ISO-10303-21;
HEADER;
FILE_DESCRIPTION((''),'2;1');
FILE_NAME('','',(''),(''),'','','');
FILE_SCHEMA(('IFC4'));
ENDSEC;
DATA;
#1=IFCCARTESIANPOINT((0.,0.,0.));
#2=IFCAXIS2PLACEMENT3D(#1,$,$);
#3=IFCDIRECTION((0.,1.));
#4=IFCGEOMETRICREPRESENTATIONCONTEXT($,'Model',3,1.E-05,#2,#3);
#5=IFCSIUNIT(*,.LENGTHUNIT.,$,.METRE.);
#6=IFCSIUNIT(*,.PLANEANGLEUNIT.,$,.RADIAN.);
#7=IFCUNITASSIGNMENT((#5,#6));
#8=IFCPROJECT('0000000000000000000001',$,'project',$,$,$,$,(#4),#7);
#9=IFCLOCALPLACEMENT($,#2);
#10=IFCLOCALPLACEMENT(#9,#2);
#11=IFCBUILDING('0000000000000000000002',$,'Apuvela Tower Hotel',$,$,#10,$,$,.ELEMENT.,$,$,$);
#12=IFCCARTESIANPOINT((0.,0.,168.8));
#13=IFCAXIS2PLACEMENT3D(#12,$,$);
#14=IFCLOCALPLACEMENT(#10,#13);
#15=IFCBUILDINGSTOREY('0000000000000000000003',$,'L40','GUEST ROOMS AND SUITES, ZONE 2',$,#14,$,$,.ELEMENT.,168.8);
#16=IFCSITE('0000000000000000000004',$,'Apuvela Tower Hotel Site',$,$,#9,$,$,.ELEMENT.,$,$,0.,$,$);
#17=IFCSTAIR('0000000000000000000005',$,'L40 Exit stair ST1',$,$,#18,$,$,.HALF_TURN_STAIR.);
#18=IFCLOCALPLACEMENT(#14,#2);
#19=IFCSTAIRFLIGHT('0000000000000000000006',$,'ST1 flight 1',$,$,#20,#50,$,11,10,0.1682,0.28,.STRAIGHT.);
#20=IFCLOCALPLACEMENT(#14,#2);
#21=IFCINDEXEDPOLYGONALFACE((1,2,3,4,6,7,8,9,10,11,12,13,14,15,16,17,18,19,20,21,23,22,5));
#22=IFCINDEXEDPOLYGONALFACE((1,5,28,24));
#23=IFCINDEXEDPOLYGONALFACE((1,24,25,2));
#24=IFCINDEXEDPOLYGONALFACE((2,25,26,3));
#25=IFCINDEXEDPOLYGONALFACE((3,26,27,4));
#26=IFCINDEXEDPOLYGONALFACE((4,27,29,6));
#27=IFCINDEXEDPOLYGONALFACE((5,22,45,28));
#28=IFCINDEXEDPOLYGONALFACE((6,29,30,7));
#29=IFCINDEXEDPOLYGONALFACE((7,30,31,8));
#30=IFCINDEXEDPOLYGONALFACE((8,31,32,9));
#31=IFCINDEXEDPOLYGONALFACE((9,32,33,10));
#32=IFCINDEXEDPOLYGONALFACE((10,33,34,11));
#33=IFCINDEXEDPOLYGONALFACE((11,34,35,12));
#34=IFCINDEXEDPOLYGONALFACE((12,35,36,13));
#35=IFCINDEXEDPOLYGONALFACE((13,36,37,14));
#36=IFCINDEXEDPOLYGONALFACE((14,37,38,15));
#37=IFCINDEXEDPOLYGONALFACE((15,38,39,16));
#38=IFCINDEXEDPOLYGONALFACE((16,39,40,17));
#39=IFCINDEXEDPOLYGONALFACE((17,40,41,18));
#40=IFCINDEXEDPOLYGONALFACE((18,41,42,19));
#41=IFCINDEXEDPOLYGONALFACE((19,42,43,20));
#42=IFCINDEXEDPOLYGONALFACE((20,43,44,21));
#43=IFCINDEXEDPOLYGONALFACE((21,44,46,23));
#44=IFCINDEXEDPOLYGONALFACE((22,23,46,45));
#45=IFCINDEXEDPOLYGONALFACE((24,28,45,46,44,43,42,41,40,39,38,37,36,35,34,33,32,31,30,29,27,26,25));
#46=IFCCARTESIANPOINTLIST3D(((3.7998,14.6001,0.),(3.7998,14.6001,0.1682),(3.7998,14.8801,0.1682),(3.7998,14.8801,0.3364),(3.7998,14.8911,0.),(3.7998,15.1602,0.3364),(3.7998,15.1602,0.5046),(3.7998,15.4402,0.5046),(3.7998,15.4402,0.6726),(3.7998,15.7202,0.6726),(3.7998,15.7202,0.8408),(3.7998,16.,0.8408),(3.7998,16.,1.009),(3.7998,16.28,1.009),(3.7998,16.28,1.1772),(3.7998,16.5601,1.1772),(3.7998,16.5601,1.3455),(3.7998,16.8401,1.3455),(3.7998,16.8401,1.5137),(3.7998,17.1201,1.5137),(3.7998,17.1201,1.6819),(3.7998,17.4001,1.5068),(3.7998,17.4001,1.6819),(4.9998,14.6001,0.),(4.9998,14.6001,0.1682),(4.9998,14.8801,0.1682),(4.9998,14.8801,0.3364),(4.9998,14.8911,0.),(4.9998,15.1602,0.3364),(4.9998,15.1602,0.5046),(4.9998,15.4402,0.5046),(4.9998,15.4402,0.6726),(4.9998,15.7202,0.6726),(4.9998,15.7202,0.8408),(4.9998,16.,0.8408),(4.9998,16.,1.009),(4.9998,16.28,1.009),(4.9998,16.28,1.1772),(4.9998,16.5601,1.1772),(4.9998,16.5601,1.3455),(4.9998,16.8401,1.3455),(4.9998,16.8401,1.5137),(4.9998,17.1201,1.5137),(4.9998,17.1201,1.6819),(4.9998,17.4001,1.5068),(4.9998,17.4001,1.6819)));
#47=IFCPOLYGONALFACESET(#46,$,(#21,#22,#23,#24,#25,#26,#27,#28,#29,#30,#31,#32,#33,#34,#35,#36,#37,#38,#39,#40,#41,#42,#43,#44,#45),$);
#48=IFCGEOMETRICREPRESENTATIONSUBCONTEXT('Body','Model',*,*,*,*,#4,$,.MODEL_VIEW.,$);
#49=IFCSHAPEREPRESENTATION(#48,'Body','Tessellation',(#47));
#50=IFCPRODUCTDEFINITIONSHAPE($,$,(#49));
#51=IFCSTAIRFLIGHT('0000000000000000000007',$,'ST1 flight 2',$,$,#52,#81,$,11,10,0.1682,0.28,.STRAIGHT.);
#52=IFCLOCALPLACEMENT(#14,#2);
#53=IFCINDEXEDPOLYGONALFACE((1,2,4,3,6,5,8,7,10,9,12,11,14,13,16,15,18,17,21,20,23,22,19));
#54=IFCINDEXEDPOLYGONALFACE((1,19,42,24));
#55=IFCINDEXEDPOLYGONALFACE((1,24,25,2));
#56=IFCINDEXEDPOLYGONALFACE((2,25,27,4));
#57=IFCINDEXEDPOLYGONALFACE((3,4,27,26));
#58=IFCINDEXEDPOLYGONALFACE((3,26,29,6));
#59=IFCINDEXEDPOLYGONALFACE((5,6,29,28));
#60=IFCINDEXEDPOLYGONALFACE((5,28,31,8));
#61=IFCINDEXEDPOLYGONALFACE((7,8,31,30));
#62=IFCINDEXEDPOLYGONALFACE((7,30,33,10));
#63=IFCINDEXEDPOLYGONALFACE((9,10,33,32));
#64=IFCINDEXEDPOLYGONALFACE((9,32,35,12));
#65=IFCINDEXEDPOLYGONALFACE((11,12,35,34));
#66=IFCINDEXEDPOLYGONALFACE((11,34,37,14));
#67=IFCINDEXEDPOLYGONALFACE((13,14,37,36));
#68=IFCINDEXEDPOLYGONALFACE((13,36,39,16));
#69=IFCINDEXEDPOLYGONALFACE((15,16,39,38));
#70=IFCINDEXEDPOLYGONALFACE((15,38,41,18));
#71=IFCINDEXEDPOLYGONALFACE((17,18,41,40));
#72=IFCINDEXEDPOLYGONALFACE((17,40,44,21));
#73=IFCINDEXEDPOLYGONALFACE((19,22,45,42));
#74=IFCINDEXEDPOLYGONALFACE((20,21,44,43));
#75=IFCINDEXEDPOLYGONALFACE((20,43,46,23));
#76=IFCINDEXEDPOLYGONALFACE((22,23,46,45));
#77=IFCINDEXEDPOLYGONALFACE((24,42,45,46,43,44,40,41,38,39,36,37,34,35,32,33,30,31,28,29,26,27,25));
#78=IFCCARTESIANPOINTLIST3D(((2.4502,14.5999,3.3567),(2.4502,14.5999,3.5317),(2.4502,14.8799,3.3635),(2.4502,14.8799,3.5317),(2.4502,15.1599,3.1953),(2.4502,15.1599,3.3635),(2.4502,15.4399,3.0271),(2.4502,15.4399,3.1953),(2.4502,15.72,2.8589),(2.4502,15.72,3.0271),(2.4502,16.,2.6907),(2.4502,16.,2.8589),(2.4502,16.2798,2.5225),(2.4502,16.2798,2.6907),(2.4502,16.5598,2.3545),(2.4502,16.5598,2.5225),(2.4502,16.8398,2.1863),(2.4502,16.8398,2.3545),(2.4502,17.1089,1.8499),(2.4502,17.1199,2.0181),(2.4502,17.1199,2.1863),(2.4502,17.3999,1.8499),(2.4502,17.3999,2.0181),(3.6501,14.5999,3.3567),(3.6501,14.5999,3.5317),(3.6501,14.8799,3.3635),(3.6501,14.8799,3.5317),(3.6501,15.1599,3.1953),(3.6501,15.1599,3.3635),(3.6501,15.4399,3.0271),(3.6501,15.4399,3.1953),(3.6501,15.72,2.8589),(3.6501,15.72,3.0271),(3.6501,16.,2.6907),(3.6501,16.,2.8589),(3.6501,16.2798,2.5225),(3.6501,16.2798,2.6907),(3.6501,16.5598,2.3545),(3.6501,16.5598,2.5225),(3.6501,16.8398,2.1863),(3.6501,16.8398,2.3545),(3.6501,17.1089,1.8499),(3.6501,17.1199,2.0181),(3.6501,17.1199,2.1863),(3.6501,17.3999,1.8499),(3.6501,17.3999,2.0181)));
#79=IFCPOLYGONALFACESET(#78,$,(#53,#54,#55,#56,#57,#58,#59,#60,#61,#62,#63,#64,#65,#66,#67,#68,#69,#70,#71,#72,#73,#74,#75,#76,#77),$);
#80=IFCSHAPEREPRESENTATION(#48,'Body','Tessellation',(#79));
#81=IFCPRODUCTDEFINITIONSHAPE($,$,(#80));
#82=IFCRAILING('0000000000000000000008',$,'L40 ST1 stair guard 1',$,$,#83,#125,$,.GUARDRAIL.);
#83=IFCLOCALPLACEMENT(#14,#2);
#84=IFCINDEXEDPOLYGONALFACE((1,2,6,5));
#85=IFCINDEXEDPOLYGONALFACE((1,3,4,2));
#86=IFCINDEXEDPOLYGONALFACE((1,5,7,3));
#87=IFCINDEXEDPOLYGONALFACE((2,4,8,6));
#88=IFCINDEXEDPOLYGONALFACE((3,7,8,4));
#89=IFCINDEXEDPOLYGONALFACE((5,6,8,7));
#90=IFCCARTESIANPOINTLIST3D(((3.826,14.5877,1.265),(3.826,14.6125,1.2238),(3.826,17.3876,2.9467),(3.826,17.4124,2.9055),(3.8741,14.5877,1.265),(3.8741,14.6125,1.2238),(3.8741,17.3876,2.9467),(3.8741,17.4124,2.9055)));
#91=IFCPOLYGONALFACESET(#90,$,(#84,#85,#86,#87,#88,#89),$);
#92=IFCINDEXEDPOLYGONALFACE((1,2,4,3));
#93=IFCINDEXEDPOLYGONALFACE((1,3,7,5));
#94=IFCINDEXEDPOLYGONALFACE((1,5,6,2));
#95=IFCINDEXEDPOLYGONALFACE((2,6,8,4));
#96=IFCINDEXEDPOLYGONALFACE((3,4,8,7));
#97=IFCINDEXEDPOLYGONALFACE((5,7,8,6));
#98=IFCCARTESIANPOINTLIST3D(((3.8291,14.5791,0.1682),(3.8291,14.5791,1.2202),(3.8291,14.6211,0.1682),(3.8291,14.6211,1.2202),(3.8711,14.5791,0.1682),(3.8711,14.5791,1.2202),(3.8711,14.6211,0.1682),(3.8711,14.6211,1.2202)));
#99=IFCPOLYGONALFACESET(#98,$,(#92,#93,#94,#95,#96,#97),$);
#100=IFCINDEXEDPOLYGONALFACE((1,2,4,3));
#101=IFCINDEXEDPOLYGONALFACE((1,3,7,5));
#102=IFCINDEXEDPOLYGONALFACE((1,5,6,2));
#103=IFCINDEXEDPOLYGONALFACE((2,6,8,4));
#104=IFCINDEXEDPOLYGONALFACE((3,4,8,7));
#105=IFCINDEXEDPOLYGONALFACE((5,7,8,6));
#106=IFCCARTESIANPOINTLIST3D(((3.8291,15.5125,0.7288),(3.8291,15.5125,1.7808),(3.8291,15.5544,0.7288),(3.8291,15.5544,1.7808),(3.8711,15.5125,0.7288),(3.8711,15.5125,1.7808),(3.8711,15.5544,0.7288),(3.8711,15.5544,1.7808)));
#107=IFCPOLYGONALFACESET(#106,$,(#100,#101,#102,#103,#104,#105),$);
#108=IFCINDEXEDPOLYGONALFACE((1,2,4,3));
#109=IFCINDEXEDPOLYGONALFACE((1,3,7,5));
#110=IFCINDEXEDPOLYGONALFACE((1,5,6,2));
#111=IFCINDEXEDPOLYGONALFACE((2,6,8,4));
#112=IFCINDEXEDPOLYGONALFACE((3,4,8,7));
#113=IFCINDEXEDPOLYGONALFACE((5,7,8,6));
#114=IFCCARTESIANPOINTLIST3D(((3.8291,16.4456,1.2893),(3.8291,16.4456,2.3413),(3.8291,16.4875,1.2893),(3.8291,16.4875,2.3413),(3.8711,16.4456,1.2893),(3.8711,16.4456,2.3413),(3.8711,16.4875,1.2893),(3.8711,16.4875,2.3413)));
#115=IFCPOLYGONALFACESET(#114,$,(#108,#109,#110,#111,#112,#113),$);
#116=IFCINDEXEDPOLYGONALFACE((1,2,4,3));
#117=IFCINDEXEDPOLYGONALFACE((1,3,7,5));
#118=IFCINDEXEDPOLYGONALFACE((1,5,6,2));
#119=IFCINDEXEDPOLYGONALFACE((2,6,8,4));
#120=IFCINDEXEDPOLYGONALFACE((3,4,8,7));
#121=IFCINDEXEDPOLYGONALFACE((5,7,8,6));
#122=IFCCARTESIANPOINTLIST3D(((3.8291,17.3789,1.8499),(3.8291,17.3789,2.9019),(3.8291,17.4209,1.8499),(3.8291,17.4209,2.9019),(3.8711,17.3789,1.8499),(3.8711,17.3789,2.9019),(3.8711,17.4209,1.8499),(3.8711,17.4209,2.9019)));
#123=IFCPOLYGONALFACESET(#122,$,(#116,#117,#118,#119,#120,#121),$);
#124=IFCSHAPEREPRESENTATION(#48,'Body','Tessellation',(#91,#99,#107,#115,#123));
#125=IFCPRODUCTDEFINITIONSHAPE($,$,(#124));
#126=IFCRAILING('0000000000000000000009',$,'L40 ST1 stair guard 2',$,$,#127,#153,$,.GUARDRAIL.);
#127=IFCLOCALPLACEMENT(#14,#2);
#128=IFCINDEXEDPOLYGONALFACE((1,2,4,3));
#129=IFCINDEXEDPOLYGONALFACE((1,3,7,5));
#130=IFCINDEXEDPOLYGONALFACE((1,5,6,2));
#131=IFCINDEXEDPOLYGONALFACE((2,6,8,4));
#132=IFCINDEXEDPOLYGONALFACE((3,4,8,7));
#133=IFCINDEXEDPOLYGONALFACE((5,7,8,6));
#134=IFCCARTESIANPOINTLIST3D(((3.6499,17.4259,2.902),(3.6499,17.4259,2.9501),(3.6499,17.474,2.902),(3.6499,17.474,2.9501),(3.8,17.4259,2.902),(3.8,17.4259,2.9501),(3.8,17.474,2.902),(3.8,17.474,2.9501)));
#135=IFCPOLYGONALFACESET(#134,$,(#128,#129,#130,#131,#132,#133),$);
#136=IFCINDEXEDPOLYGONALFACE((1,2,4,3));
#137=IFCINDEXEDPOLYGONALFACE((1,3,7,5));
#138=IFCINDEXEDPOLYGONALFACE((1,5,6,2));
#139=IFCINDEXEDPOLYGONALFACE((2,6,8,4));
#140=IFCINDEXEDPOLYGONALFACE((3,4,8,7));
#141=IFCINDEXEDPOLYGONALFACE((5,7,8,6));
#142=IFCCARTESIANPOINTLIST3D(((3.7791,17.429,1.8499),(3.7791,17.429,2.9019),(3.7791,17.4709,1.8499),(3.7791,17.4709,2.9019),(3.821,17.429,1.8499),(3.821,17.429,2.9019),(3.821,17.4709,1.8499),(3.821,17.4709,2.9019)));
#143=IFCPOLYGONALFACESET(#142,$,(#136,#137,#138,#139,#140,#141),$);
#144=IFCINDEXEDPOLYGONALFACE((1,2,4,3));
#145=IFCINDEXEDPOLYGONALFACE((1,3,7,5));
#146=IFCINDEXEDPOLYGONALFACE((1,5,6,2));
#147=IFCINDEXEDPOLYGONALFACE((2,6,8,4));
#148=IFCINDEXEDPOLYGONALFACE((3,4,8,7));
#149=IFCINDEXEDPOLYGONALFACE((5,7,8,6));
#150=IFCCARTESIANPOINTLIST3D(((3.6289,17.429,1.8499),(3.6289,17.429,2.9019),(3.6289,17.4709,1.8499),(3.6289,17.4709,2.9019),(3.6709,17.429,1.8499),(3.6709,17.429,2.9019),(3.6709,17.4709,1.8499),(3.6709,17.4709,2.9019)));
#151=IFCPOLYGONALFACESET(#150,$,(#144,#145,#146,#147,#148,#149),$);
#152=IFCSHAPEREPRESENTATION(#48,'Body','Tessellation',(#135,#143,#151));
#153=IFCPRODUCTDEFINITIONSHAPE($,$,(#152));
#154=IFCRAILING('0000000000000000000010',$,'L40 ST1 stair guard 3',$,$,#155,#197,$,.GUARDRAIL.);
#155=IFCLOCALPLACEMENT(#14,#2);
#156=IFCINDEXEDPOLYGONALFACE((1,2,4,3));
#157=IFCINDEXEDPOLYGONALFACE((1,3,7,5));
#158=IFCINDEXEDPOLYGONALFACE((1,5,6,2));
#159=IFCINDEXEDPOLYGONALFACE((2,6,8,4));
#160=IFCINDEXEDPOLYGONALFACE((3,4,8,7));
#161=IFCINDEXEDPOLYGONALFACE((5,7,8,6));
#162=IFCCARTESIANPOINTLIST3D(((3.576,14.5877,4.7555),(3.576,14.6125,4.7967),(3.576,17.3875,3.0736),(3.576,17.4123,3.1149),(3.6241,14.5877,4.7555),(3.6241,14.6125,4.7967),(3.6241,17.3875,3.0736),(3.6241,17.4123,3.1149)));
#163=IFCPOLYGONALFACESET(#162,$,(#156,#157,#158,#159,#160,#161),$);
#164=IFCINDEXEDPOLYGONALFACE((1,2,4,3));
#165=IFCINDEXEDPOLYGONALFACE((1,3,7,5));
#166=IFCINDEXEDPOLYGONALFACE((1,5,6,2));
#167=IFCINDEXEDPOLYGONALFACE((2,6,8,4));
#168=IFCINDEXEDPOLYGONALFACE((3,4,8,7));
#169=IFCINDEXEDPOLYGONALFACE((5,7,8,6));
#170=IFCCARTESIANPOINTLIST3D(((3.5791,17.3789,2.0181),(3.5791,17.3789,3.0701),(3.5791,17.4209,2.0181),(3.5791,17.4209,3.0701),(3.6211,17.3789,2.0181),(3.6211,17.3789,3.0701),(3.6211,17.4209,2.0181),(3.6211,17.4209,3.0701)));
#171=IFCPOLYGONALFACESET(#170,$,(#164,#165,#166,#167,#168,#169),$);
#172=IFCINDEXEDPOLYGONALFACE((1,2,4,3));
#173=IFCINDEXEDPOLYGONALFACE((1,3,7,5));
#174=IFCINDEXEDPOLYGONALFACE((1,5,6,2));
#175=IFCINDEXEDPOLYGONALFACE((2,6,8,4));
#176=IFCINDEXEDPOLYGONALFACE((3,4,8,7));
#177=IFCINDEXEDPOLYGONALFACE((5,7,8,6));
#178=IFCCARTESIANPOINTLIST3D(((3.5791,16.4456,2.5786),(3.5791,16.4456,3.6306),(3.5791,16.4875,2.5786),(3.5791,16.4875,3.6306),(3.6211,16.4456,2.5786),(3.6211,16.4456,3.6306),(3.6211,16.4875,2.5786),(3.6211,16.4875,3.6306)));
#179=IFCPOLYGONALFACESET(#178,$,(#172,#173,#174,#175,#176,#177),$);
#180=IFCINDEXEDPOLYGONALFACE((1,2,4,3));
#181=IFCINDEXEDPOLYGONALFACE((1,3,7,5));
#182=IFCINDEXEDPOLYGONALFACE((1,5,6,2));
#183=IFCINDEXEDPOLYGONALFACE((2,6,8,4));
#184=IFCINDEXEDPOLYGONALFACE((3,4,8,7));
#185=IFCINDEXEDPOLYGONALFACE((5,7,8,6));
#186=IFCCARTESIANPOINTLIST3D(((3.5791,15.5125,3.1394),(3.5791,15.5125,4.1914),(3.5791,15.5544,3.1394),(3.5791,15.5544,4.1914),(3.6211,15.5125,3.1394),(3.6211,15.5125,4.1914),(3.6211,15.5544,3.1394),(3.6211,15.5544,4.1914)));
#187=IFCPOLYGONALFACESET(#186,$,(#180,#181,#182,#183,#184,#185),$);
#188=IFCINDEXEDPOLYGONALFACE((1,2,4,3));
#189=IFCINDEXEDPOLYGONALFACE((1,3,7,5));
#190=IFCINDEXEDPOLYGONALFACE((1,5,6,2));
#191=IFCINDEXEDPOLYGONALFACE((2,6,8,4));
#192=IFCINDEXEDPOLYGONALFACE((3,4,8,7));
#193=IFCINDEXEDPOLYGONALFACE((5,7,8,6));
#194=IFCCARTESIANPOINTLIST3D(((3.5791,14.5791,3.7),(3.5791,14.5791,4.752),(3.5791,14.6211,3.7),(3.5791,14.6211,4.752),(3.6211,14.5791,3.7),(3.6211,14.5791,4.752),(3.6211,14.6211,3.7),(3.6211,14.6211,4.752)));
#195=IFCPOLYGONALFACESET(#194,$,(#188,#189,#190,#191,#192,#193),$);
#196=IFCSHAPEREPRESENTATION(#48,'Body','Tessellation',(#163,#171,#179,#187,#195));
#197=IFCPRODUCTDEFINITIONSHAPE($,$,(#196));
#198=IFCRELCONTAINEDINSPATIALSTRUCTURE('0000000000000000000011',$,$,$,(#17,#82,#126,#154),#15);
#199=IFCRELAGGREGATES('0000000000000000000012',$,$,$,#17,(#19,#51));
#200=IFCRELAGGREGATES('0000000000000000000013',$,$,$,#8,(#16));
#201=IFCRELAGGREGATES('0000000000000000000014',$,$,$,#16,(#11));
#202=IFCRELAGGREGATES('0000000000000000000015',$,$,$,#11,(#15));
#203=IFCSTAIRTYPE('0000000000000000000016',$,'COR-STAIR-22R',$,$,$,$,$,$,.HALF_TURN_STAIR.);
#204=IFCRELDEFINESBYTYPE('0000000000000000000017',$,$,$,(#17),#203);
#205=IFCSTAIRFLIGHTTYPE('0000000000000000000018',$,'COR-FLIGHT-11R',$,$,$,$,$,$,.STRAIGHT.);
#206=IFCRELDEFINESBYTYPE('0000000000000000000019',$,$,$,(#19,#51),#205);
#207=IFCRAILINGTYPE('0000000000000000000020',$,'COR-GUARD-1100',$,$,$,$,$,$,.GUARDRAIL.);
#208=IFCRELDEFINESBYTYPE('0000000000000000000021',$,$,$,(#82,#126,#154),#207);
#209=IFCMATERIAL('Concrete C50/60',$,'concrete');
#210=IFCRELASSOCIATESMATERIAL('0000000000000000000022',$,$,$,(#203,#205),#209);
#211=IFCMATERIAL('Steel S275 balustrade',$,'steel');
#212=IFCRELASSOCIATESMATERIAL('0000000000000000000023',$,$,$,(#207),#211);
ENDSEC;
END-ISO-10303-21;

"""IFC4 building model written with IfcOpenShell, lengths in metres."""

from ifc_helpers import new_model, si_unit, direction, frame, origin, origin_2d, place, context, subcontext, project, spatial, polyline, rectangle, outline, extrude, material, type_object, element, aggregate, save


model = new_model("IFC4")

# Units and contexts
model_context = context("Model", 3, precision=1e-05, world=origin(), true_north=direction((0.0, 1.0)))
body_context = subcontext(model_context, "Body", "Model", "MODEL_VIEW")
ifc_project = project(units=[si_unit("LENGTHUNIT", "METRE"), si_unit("PLANEANGLEUNIT", "RADIAN")], contexts=[model_context])

# Site, building, storey
site_placement = place(None, origin())
site = spatial("IfcSite", under=ifc_project, at=site_placement, Name="Apuvela Tower Hotel Site", CompositionType="ELEMENT", RefElevation=0.0)
building_placement = place(site_placement, origin())
building = spatial("IfcBuilding", under=site, at=building_placement, Name="Apuvela Tower Hotel", CompositionType="ELEMENT")
storey_placement = place(building_placement, frame((0.0, 0.0, 168.8)))
storey = spatial("IfcBuildingStorey", under=building, at=storey_placement, Name="L40", Description="GUEST ROOMS AND SUITES, ZONE 2", CompositionType="ELEMENT", Elevation=168.8)

# Shared definitions
ifc_material_1 = material(Name="Concrete C50/60", Category="concrete")

# Stair, stair flights
stair_type = type_object("IfcStairType", Name="COR-STAIR-22R", PredefinedType="HALF_TURN_STAIR", material=ifc_material_1)
stair_placement = place(storey_placement, origin())
stair = element("IfcStair", 1, at=stair_placement, inside=storey, type_object=stair_type, Name="L40 Exit stair ST1", PredefinedType="HALF_TURN_STAIR")
stair_flight_type = type_object("IfcStairFlightType", Name="COR-FLIGHT-11R", PredefinedType="STRAIGHT", material=ifc_material_1)
stair_flight_1_placement = place(storey_placement, frame((4.3999, 14.6001, 0.0), z_axis=(0.0, 0.0, 1.0), x_axis=(0.0, 1.0, 0.0)))
stair_flight_1 = element("IfcStairFlight", 2, at=stair_flight_1_placement, type_object=stair_flight_type, Name="ST1 flight 1", NumberOfRisers=11, NumberOfTreads=10, PredefinedType="STRAIGHT", RiserHeight=0.1682, TreadLength=0.28, context=body_context, shape_type="SweptSolid", body=[
    extrude(outline(polyline([(0.0, 0.0), (0.0, 0.1682), (0.28, 0.1682), (0.28, 0.3364), (0.5601, 0.3364), (0.5601, 0.5046), (0.8401, 0.5046), (0.8401, 0.6726), (1.1201, 0.6726), (1.1201, 0.8408), (1.3999, 0.8408), (1.3999, 1.009), (1.6799, 1.009), (1.6799, 1.1772), (1.96, 1.1772), (1.96, 1.3455), (2.24, 1.3455), (2.24, 1.5137), (2.52, 1.5137), (2.52, 1.6819), (2.8, 1.6819), (2.8, 1.8501), (2.8, 1.5068), (0.291, 0.0), (0.0, 0.0)])), frame((0.0, 0.6001, 0.0), z_axis=(0.0, -1.0, 0.0), x_axis=(1.0, 0.0, 0.0)), (0.0, 0.0, 1.0), 1.2),
])
stair_flight_2_placement = place(storey_placement, frame((3.05, 17.3999, 1.8499), z_axis=(0.0, 0.0, 1.0), x_axis=(0.0, -1.0, 0.0)))
stair_flight_2 = element("IfcStairFlight", 3, at=stair_flight_2_placement, type_object=stair_flight_type, Name="ST1 flight 2", NumberOfRisers=11, NumberOfTreads=10, PredefinedType="STRAIGHT", RiserHeight=0.1682, TreadLength=0.28, context=body_context, shape_type="SweptSolid", body=[
    extrude(outline(polyline([(0.0, 0.0), (0.0, 0.1682), (0.28, 0.1682), (0.28, 0.3364), (0.5601, 0.3364), (0.5601, 0.5046), (0.8401, 0.5046), (0.8401, 0.6726), (1.1201, 0.6726), (1.1201, 0.8408), (1.3999, 0.8408), (1.3999, 1.009), (1.6799, 1.009), (1.6799, 1.1772), (1.96, 1.1772), (1.96, 1.3455), (2.24, 1.3455), (2.24, 1.5137), (2.52, 1.5137), (2.52, 1.6819), (2.8, 1.6819), (2.8, 1.8501), (2.8, 1.5068), (0.291, 0.0), (0.0, 0.0)])), frame((0.0, 0.6001, 0.0), z_axis=(0.0, -1.0, 0.0), x_axis=(1.0, 0.0, 0.0)), (0.0, 0.0, 1.0), 1.2),
])
aggregate(stair, [stair_flight_1, stair_flight_2])

# Railings
ifc_material_2 = material(Name="Steel S275 balustrade", Category="steel")
railing_type_1 = type_object("IfcRailingType", Name="COR-GUARD-1100", PredefinedType="GUARDRAIL", material=ifc_material_2)
railing_1_placement = place(storey_placement, frame((3.8501, 14.6001, 0.1682)))
element("IfcRailing", 4, at=railing_1_placement, inside=storey, type_object=railing_type_1, Name="L40 ST1 stair guard 1", PredefinedType="GUARDRAIL", context=body_context, shape_type="SweptSolid", body=[
    extrude(rectangle(XDim=0.0481, YDim=0.0481, at=origin_2d()), frame((0.0, 0.0, 1.0762), z_axis=(0.0, 0.857255, 0.514891), x_axis=(-1.0, 0.0, 0.0)), (0.0, 0.0, 1.0), 3.2661),
    extrude(rectangle(XDim=0.042, YDim=0.042, at=origin_2d()), origin(), (0.0, 0.0, 1.0), 1.052),
    extrude(rectangle(XDim=0.042, YDim=0.042, at=origin_2d()), frame((0.0, 0.9333, 0.5605)), (0.0, 0.0, 1.0), 1.052),
    extrude(rectangle(XDim=0.042, YDim=0.042, at=origin_2d()), frame((0.0, 1.8665, 1.1211)), (0.0, 0.0, 1.0), 1.052),
    extrude(rectangle(XDim=0.042, YDim=0.042, at=origin_2d()), frame((0.0, 2.7998, 1.6816)), (0.0, 0.0, 1.0), 1.052),
])
railing_2_placement = place(storey_placement, frame((3.8, 17.45, 1.8499)))
element("IfcRailing", 5, at=railing_2_placement, inside=storey, type_object=railing_type_1, Name="L40 ST1 stair guard 2", PredefinedType="GUARDRAIL", context=body_context, shape_type="SweptSolid", body=[
    extrude(rectangle(XDim=0.0481, YDim=0.0481, at=origin_2d()), frame((0.0, 0.0, 1.0762), z_axis=(-1.0, 0.0, 0.0), x_axis=(0.0, -1.0, 0.0)), (0.0, 0.0, 1.0), 0.1501),
    extrude(rectangle(XDim=0.042, YDim=0.042, at=origin_2d()), origin(), (0.0, 0.0, 1.0), 1.052),
    extrude(rectangle(XDim=0.042, YDim=0.042, at=origin_2d()), frame((-0.1501, 0.0, 0.0)), (0.0, 0.0, 1.0), 1.052),
])
railing_3_placement = place(storey_placement, frame((3.6001, 17.3999, 2.0181)))
element("IfcRailing", 6, at=railing_3_placement, inside=storey, type_object=railing_type_1, Name="L40 ST1 stair guard 3", PredefinedType="GUARDRAIL", context=body_context, shape_type="SweptSolid", body=[
    extrude(rectangle(XDim=0.0481, YDim=0.0481, at=origin_2d()), frame((0.0, 0.0, 1.0762), z_axis=(0.0, -0.857222, 0.514946), x_axis=(1.0, 0.0, 0.0)), (0.0, 0.0, 1.0), 3.2661),
    extrude(rectangle(XDim=0.042, YDim=0.042, at=origin_2d()), origin(), (0.0, 0.0, 1.0), 1.052),
    extrude(rectangle(XDim=0.042, YDim=0.042, at=origin_2d()), frame((0.0, -0.9333, 0.5605)), (0.0, 0.0, 1.0), 1.052),
    extrude(rectangle(XDim=0.042, YDim=0.042, at=origin_2d()), frame((0.0, -1.8665, 1.1213)), (0.0, 0.0, 1.0), 1.052),
    extrude(rectangle(XDim=0.042, YDim=0.042, at=origin_2d()), frame((0.0, -2.7998, 1.6819)), (0.0, 0.0, 1.0), 1.052),
])

save(model, "model.ifc")
